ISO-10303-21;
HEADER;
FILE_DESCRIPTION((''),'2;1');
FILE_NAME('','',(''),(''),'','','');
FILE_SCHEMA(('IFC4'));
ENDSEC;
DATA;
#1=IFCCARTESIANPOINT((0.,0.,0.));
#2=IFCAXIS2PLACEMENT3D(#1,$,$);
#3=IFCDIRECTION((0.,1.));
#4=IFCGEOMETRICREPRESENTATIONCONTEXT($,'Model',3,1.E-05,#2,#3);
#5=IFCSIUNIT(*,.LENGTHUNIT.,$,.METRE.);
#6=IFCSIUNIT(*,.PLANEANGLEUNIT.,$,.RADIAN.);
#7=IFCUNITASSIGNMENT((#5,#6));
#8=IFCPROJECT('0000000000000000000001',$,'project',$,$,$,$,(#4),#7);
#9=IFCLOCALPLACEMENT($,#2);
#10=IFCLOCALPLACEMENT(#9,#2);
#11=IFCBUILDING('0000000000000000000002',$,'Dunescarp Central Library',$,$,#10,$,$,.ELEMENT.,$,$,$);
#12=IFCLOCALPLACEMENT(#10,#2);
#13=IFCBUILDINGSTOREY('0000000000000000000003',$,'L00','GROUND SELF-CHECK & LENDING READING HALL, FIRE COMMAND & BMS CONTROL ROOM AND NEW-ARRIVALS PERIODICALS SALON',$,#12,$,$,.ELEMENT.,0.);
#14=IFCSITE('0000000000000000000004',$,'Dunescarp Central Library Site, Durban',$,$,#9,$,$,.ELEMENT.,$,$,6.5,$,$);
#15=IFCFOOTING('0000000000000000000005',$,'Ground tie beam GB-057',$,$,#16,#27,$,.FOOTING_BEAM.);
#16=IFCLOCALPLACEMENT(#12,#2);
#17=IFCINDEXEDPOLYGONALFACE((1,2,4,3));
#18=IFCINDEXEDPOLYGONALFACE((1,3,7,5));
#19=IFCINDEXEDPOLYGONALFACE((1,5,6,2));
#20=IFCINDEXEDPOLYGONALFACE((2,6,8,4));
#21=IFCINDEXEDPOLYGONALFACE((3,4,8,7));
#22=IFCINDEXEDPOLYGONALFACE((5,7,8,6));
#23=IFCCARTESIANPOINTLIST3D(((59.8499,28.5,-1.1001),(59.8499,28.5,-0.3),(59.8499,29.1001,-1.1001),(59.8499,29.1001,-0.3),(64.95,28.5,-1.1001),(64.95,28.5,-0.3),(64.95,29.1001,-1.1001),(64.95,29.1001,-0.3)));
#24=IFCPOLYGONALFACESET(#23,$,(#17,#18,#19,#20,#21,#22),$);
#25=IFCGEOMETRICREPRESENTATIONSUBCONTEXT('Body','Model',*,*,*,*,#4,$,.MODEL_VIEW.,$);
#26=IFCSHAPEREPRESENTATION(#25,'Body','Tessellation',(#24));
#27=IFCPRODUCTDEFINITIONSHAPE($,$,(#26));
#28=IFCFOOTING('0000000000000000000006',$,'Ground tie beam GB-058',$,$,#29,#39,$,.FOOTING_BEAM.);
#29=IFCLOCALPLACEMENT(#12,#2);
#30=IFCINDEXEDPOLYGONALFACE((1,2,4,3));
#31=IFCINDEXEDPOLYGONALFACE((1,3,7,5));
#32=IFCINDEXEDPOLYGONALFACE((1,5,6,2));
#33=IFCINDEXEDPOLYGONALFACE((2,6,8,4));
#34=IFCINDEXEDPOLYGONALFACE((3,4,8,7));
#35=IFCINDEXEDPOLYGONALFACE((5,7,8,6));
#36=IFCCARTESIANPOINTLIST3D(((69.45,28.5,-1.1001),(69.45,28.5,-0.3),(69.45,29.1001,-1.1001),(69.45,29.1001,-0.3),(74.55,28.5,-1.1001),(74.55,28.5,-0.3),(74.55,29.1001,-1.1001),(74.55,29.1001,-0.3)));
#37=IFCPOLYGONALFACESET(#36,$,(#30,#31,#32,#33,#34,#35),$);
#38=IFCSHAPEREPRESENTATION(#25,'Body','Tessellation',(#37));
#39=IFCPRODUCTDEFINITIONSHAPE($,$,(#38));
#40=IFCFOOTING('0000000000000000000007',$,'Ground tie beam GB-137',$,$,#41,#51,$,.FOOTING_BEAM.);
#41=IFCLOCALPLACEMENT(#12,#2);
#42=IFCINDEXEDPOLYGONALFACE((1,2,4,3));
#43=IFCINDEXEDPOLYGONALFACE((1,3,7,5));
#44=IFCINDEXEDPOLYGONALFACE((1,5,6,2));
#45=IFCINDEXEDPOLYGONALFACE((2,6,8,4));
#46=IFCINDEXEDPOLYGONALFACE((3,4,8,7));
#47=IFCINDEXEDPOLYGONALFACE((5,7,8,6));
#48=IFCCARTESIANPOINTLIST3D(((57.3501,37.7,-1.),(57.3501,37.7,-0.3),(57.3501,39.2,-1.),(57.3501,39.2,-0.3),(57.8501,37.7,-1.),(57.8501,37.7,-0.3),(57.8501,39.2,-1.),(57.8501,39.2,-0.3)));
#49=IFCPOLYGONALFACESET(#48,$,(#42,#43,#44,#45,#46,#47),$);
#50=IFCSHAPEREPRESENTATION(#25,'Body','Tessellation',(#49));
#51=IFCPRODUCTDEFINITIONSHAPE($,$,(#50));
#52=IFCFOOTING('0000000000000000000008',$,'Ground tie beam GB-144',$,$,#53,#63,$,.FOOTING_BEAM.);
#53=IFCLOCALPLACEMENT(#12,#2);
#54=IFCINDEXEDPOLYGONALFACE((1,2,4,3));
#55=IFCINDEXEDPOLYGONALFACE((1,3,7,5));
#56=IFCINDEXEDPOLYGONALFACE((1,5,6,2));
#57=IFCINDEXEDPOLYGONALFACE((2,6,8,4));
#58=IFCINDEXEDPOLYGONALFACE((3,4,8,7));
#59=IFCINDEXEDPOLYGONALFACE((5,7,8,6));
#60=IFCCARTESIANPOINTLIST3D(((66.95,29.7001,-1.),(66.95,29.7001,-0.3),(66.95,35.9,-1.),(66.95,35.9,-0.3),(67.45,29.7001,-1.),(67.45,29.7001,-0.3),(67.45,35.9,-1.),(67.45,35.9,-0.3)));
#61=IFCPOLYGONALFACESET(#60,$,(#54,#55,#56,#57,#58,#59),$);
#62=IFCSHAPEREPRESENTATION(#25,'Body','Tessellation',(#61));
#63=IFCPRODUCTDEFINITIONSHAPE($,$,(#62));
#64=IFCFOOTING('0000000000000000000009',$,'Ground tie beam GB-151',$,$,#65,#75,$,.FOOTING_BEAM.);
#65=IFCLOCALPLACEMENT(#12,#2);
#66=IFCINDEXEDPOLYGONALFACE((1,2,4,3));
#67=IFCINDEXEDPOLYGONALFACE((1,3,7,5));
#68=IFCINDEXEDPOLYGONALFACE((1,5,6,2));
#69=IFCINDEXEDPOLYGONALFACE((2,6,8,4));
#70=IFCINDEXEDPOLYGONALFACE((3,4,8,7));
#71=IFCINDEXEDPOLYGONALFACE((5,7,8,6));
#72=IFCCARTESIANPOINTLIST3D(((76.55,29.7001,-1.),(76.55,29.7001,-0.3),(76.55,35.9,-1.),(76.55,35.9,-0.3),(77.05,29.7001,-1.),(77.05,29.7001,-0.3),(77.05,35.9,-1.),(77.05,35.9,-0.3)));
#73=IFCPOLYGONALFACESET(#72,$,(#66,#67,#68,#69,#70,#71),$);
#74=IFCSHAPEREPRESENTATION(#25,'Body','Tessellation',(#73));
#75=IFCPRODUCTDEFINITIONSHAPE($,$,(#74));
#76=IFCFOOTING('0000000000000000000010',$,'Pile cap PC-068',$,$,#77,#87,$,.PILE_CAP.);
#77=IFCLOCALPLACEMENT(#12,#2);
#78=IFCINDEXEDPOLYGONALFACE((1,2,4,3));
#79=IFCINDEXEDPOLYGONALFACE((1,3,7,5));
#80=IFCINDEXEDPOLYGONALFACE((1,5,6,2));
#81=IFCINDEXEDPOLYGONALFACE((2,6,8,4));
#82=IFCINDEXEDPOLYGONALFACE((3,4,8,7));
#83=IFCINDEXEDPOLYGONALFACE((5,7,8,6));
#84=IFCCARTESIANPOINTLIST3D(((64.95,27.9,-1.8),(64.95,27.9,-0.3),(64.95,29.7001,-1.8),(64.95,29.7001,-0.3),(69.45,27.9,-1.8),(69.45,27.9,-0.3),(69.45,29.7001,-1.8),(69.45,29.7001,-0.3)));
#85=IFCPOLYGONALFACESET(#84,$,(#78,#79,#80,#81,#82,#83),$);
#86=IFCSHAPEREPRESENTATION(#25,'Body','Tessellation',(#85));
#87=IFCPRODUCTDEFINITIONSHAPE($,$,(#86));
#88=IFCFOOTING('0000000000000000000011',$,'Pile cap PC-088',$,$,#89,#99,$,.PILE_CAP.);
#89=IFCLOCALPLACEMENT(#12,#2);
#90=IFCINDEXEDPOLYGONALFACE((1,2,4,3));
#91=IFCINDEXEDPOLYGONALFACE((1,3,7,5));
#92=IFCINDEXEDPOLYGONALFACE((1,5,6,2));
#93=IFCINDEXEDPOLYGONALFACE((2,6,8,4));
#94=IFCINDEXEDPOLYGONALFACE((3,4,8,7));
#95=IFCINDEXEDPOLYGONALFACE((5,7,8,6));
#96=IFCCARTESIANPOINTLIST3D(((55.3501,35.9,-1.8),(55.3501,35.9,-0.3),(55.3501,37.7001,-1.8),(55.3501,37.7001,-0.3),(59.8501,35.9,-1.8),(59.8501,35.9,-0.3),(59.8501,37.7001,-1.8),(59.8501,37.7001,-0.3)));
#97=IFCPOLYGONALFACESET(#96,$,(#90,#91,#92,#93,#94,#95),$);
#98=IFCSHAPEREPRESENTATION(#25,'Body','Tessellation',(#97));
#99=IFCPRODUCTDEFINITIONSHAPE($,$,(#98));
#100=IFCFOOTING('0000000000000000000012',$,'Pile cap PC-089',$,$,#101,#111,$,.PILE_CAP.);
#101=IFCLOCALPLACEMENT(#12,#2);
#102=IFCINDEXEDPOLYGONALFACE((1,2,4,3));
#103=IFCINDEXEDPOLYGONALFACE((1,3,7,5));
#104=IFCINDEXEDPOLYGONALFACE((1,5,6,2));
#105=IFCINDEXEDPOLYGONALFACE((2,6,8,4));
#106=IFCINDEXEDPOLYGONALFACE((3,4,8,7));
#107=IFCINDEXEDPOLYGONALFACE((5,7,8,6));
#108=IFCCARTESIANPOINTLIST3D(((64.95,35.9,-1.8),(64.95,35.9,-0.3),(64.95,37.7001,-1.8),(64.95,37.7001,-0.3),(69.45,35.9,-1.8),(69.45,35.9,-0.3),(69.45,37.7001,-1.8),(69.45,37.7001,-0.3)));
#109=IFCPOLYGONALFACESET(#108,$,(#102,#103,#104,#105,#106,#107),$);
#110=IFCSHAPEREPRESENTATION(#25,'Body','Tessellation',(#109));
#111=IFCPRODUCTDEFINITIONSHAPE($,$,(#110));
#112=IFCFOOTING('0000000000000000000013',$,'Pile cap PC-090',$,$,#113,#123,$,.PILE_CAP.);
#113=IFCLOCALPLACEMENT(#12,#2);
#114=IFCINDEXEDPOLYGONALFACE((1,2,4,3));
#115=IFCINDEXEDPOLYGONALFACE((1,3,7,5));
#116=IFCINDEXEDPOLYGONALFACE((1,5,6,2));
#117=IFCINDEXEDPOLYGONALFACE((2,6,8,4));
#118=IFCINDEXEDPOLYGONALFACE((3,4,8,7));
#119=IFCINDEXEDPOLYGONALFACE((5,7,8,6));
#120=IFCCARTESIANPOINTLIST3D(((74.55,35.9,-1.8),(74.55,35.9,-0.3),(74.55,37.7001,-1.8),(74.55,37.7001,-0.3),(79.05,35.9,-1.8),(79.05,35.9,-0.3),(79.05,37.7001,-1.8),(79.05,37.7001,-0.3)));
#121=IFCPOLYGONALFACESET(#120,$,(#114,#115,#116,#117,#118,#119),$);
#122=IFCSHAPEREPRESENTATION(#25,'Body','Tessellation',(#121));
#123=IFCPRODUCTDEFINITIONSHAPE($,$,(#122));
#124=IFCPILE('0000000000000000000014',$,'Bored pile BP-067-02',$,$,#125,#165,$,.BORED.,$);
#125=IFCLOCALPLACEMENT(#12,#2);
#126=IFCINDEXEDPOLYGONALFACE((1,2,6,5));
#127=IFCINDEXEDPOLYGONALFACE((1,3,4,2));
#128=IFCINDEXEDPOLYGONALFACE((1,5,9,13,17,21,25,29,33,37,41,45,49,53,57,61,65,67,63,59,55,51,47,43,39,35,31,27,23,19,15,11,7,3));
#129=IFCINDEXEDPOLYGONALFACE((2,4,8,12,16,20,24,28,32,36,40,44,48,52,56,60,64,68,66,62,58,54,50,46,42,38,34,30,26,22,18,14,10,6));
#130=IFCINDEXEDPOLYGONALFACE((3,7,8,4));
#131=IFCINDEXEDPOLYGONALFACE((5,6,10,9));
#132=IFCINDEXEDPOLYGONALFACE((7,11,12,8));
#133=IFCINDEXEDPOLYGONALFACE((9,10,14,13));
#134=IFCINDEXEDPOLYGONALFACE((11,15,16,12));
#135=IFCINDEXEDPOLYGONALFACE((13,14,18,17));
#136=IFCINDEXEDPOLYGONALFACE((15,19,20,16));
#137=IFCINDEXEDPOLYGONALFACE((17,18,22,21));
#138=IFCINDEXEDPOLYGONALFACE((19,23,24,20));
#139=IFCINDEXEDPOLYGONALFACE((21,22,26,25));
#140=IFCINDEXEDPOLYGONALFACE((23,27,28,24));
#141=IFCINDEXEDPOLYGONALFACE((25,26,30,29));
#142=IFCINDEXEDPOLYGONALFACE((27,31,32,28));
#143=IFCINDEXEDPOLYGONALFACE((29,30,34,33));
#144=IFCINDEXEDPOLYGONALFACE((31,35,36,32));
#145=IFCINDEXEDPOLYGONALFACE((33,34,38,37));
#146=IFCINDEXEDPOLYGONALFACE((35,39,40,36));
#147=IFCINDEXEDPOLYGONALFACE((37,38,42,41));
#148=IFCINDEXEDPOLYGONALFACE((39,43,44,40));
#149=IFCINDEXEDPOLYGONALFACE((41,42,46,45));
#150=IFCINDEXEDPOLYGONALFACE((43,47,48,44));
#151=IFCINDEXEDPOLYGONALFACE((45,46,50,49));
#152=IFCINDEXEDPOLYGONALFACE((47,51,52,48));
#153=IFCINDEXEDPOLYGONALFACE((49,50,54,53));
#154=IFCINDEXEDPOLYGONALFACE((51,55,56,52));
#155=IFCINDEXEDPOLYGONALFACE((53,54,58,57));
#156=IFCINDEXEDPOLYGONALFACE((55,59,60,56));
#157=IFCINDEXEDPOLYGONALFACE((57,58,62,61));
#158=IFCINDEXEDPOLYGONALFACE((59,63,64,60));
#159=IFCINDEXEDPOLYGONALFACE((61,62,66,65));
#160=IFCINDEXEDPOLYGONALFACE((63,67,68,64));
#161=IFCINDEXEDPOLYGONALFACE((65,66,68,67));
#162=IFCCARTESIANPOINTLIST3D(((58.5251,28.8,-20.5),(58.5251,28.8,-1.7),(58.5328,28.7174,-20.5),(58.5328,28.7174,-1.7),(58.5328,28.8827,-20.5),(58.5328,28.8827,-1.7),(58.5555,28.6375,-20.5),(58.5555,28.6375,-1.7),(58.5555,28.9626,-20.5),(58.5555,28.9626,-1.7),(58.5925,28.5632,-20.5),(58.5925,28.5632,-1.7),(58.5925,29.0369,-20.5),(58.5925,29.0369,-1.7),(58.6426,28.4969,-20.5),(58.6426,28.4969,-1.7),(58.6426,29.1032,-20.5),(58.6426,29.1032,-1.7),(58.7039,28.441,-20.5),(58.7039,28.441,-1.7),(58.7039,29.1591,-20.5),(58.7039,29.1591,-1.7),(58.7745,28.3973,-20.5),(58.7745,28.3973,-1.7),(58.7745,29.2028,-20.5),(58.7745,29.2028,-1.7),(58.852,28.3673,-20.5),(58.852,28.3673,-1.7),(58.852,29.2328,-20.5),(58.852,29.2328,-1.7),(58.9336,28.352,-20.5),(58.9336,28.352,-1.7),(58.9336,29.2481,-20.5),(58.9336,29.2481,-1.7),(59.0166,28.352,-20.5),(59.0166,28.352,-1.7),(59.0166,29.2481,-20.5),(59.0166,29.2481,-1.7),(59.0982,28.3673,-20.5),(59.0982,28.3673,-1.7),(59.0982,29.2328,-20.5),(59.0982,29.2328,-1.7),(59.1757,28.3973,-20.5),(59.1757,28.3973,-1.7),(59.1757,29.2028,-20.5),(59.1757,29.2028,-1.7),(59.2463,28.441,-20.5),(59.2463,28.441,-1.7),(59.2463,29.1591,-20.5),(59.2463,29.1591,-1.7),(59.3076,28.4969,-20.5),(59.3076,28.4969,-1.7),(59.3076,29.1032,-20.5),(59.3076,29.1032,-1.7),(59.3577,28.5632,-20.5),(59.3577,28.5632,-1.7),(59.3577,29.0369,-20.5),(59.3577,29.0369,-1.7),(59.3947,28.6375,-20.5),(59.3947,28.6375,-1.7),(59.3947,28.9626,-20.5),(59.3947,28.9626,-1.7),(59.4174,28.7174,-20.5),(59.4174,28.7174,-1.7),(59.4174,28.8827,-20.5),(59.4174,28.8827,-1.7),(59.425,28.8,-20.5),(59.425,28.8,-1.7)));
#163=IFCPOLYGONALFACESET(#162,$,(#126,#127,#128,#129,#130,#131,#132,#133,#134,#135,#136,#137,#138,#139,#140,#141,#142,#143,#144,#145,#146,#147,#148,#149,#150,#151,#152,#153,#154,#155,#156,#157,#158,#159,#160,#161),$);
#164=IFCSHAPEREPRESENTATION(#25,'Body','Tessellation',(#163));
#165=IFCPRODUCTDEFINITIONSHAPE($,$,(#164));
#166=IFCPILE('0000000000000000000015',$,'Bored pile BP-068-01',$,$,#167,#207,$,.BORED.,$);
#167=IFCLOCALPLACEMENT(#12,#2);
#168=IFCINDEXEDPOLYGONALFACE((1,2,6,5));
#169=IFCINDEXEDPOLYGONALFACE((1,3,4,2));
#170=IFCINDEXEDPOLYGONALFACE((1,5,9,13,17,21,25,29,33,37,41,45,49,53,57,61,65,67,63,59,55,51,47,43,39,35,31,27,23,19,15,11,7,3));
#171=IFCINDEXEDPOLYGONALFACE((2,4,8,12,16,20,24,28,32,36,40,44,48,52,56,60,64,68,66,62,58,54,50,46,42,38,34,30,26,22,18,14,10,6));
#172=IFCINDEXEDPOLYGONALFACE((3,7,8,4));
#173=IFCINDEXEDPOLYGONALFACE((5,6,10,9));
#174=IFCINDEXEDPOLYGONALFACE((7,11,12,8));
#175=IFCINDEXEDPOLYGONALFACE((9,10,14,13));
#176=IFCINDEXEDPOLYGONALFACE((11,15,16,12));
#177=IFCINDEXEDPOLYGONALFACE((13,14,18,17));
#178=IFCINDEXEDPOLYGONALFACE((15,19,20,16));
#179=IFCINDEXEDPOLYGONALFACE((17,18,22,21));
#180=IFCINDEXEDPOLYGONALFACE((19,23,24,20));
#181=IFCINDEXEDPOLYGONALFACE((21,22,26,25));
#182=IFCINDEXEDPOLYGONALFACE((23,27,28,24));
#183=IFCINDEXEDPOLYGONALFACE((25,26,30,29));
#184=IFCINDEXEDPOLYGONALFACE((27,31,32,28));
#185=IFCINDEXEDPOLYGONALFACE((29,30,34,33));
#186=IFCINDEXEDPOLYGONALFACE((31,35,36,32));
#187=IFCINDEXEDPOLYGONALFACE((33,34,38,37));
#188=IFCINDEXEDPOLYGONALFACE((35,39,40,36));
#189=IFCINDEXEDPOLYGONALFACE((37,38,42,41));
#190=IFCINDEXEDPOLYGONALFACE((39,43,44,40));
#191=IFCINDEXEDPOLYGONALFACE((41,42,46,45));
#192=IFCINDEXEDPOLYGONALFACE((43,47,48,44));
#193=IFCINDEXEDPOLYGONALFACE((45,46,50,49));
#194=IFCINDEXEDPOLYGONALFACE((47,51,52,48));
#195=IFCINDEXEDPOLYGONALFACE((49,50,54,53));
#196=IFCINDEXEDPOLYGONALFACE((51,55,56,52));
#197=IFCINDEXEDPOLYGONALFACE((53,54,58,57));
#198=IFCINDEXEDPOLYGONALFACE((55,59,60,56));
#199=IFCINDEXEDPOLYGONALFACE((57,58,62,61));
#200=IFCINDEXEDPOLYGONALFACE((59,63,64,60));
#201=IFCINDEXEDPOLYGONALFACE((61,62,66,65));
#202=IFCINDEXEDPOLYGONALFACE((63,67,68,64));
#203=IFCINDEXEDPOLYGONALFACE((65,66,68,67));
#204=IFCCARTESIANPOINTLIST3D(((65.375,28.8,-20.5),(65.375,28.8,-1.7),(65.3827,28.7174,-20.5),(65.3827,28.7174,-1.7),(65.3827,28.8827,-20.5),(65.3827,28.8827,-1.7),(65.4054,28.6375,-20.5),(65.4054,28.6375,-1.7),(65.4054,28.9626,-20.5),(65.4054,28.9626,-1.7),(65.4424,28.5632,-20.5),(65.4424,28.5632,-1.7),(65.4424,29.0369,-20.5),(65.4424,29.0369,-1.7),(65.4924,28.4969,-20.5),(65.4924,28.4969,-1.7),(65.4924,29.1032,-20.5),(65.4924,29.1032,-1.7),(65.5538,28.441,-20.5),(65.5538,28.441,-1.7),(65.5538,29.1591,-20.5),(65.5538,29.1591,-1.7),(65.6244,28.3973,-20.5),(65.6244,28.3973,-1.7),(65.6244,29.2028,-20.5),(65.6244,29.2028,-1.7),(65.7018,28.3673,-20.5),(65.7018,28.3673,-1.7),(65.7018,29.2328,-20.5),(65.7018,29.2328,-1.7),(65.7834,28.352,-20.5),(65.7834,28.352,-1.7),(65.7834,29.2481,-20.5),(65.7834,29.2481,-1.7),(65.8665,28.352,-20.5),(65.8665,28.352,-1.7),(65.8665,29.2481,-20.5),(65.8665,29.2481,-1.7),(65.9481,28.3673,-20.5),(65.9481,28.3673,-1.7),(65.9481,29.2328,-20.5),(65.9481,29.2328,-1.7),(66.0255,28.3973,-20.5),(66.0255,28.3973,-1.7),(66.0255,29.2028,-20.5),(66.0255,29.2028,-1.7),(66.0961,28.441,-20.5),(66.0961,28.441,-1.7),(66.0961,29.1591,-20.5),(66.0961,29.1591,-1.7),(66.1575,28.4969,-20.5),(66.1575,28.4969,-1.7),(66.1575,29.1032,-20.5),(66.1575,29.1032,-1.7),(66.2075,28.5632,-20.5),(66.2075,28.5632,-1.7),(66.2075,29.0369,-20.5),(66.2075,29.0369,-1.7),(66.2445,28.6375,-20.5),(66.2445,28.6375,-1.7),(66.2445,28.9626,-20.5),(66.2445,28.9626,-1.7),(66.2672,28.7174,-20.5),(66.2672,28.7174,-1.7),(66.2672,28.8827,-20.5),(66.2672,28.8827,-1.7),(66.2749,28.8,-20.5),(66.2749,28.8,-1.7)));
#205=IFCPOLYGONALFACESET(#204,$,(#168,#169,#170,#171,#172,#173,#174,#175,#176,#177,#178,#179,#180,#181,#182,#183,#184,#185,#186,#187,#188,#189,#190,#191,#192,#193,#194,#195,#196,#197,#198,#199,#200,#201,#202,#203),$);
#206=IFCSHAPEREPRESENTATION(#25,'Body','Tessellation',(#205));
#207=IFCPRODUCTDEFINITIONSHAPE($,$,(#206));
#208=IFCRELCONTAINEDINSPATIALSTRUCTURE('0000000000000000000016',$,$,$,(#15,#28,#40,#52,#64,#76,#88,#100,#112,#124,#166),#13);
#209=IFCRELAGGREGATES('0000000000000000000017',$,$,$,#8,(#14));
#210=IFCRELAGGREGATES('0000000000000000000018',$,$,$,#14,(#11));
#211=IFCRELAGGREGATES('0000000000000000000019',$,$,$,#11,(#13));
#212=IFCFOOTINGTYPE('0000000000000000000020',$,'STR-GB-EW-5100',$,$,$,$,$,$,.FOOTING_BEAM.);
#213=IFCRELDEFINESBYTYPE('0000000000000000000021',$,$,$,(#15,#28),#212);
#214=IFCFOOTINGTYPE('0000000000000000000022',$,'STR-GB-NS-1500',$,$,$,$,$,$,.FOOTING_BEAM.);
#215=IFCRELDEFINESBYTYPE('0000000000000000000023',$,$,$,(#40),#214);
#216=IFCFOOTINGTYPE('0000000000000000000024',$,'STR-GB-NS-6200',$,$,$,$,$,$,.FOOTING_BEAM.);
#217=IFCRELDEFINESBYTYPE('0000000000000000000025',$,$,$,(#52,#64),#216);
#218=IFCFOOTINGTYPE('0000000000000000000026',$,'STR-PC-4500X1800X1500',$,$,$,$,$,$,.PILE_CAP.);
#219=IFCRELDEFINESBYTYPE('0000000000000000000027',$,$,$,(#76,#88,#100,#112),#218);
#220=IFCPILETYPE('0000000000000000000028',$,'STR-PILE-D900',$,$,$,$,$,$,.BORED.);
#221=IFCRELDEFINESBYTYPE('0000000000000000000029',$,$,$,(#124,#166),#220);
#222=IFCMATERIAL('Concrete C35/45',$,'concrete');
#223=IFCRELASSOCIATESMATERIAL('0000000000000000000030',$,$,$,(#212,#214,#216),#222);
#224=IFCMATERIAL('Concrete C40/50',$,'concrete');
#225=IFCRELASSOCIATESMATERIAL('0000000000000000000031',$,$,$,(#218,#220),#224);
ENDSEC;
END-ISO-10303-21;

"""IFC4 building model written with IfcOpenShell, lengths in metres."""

from ifc_helpers import new_model, si_unit, direction, frame, origin, origin_2d, place, context, subcontext, project, spatial, rectangle, circle, extrude, material, material_profile, profile_set, type_object, element, save


model = new_model("IFC4")

# Units and contexts
model_context = context("Model", 3, precision=1e-05, world=origin(), true_north=direction((0.0, 1.0)))
body_context = subcontext(model_context, "Body", "Model", "MODEL_VIEW")
ifc_project = project(units=[si_unit("LENGTHUNIT", "METRE"), si_unit("PLANEANGLEUNIT", "RADIAN")], contexts=[model_context])

# Site, building, storey
site_placement = place(None, origin())
site = spatial("IfcSite", under=ifc_project, at=site_placement, Name="Dunescarp Central Library Site, Durban", CompositionType="ELEMENT", RefElevation=6.5)
building_placement = place(site_placement, origin())
building = spatial("IfcBuilding", under=site, at=building_placement, Name="Dunescarp Central Library", CompositionType="ELEMENT")
storey_placement = place(building_placement, origin())
storey = spatial("IfcBuildingStorey", under=building, at=storey_placement, Name="L00", Description="GROUND SELF-CHECK & LENDING READING HALL, FIRE COMMAND & BMS CONTROL ROOM AND NEW-ARRIVALS PERIODICALS SALON", CompositionType="ELEMENT", Elevation=0.0)

# Footings
ifc_material_1 = material(Name="Concrete C35/45", Category="concrete")
footing_type_1 = type_object("IfcFootingType", Name="STR-GB-EW-5100", PredefinedType="FOOTING_BEAM", material=ifc_material_1)
for number, where, z_axis, x_axis, name in (
    (1, (62.3999, 28.8, -1.1001), (0.0, 0.0, 1.0), (1.0, 0.0, 0.0), "Ground tie beam GB-057"),
    (2, (72.0, 28.8, -1.1001), (0.0, 0.0, 1.0), (1.0, 0.0, 0.0), "Ground tie beam GB-058"),
):
    element("IfcFooting", number, at=place(storey_placement, frame(where, z_axis=z_axis, x_axis=x_axis)), inside=storey, type_object=footing_type_1, Name=name, PredefinedType="FOOTING_BEAM", context=body_context, shape_type="SweptSolid", body=[
        extrude(rectangle(XDim=5.1001, YDim=0.6001, at=origin_2d()), origin(), (0.0, 0.0, 1.0), 0.8),
    ])
footing_type_2 = type_object("IfcFootingType", Name="STR-GB-NS-1500", PredefinedType="FOOTING_BEAM", material=ifc_material_1)
footing_placement = place(storey_placement, frame((57.6001, 38.45, -1.0), z_axis=(0.0, 0.0, 1.0), x_axis=(0.0, 1.0, 0.0)))
element("IfcFooting", 3, at=footing_placement, inside=storey, type_object=footing_type_2, Name="Ground tie beam GB-137", PredefinedType="FOOTING_BEAM", context=body_context, shape_type="SweptSolid", body=[
    extrude(rectangle(XDim=1.5, YDim=0.5, at=origin_2d()), origin(), (0.0, 0.0, 1.0), 0.7),
])
footing_type_3 = type_object("IfcFootingType", Name="STR-GB-NS-6200", PredefinedType="FOOTING_BEAM", material=ifc_material_1)
for number, where, z_axis, x_axis, name in (
    (4, (67.2, 32.8, -1.0), (0.0, 0.0, 1.0), (0.0, 1.0, 0.0), "Ground tie beam GB-144"),
    (5, (76.8, 32.8, -1.0), (0.0, 0.0, 1.0), (0.0, 1.0, 0.0), "Ground tie beam GB-151"),
):
    element("IfcFooting", number, at=place(storey_placement, frame(where, z_axis=z_axis, x_axis=x_axis)), inside=storey, type_object=footing_type_3, Name=name, PredefinedType="FOOTING_BEAM", context=body_context, shape_type="SweptSolid", body=[
        extrude(rectangle(XDim=6.2, YDim=0.5, at=origin_2d()), origin(), (0.0, 0.0, 1.0), 0.7),
    ])
ifc_material_2 = material(Name="Concrete C40/50", Category="concrete")
footing_type_4 = type_object("IfcFootingType", Name="STR-PC-4500X1800X1500", PredefinedType="PILE_CAP", material=ifc_material_2)
for number, where, z_axis, x_axis, name in (
    (6, (67.2, 28.8, -1.8), (0.0, 0.0, 1.0), (1.0, 0.0, 0.0), "Pile cap PC-068"),
    (7, (57.6001, 36.8, -1.8), (0.0, 0.0, 1.0), (1.0, 0.0, 0.0), "Pile cap PC-088"),
    (8, (67.2, 36.8, -1.8), (0.0, 0.0, 1.0), (1.0, 0.0, 0.0), "Pile cap PC-089"),
    (9, (76.8, 36.8, -1.8), (0.0, 0.0, 1.0), (1.0, 0.0, 0.0), "Pile cap PC-090"),
):
    element("IfcFooting", number, at=place(storey_placement, frame(where, z_axis=z_axis, x_axis=x_axis)), inside=storey, type_object=footing_type_4, Name=name, PredefinedType="PILE_CAP", context=body_context, shape_type="SweptSolid", body=[
        extrude(rectangle(XDim=4.5, YDim=1.8, at=origin_2d()), origin(), (0.0, 0.0, 1.0), 1.5),
    ])

# Piles
ifc_material_profile_1 = material_profile(ifc_material_2, circle(Radius=0.45, at=origin_2d()), Name="PILE D900")
ifc_profile_set_1 = profile_set([ifc_material_profile_1], Name="Concrete C40/50")
pile_type = type_object("IfcPileType", Name="STR-PILE-D900", PredefinedType="BORED", material=ifc_profile_set_1)
for number, where, z_axis, x_axis, name in (
    (10, (58.9751, 28.8, -1.7), (0.0, 0.0, -1.0), (1.0, 0.0, 0.0), "Bored pile BP-067-02"),
    (11, (65.825, 28.8, -1.7), (0.0, 0.0, -1.0), (1.0, 0.0, 0.0), "Bored pile BP-068-01"),
):
    element("IfcPile", number, at=place(storey_placement, frame(where, z_axis=z_axis, x_axis=x_axis)), inside=storey, type_object=pile_type, Name=name, PredefinedType="BORED", context=body_context, shape_type="SweptSolid", body=[
        extrude(circle(Radius=0.45, at=origin_2d()), origin(), (0.0, 0.0, 1.0), 18.8),
    ])

save(model, "model.ifc")
